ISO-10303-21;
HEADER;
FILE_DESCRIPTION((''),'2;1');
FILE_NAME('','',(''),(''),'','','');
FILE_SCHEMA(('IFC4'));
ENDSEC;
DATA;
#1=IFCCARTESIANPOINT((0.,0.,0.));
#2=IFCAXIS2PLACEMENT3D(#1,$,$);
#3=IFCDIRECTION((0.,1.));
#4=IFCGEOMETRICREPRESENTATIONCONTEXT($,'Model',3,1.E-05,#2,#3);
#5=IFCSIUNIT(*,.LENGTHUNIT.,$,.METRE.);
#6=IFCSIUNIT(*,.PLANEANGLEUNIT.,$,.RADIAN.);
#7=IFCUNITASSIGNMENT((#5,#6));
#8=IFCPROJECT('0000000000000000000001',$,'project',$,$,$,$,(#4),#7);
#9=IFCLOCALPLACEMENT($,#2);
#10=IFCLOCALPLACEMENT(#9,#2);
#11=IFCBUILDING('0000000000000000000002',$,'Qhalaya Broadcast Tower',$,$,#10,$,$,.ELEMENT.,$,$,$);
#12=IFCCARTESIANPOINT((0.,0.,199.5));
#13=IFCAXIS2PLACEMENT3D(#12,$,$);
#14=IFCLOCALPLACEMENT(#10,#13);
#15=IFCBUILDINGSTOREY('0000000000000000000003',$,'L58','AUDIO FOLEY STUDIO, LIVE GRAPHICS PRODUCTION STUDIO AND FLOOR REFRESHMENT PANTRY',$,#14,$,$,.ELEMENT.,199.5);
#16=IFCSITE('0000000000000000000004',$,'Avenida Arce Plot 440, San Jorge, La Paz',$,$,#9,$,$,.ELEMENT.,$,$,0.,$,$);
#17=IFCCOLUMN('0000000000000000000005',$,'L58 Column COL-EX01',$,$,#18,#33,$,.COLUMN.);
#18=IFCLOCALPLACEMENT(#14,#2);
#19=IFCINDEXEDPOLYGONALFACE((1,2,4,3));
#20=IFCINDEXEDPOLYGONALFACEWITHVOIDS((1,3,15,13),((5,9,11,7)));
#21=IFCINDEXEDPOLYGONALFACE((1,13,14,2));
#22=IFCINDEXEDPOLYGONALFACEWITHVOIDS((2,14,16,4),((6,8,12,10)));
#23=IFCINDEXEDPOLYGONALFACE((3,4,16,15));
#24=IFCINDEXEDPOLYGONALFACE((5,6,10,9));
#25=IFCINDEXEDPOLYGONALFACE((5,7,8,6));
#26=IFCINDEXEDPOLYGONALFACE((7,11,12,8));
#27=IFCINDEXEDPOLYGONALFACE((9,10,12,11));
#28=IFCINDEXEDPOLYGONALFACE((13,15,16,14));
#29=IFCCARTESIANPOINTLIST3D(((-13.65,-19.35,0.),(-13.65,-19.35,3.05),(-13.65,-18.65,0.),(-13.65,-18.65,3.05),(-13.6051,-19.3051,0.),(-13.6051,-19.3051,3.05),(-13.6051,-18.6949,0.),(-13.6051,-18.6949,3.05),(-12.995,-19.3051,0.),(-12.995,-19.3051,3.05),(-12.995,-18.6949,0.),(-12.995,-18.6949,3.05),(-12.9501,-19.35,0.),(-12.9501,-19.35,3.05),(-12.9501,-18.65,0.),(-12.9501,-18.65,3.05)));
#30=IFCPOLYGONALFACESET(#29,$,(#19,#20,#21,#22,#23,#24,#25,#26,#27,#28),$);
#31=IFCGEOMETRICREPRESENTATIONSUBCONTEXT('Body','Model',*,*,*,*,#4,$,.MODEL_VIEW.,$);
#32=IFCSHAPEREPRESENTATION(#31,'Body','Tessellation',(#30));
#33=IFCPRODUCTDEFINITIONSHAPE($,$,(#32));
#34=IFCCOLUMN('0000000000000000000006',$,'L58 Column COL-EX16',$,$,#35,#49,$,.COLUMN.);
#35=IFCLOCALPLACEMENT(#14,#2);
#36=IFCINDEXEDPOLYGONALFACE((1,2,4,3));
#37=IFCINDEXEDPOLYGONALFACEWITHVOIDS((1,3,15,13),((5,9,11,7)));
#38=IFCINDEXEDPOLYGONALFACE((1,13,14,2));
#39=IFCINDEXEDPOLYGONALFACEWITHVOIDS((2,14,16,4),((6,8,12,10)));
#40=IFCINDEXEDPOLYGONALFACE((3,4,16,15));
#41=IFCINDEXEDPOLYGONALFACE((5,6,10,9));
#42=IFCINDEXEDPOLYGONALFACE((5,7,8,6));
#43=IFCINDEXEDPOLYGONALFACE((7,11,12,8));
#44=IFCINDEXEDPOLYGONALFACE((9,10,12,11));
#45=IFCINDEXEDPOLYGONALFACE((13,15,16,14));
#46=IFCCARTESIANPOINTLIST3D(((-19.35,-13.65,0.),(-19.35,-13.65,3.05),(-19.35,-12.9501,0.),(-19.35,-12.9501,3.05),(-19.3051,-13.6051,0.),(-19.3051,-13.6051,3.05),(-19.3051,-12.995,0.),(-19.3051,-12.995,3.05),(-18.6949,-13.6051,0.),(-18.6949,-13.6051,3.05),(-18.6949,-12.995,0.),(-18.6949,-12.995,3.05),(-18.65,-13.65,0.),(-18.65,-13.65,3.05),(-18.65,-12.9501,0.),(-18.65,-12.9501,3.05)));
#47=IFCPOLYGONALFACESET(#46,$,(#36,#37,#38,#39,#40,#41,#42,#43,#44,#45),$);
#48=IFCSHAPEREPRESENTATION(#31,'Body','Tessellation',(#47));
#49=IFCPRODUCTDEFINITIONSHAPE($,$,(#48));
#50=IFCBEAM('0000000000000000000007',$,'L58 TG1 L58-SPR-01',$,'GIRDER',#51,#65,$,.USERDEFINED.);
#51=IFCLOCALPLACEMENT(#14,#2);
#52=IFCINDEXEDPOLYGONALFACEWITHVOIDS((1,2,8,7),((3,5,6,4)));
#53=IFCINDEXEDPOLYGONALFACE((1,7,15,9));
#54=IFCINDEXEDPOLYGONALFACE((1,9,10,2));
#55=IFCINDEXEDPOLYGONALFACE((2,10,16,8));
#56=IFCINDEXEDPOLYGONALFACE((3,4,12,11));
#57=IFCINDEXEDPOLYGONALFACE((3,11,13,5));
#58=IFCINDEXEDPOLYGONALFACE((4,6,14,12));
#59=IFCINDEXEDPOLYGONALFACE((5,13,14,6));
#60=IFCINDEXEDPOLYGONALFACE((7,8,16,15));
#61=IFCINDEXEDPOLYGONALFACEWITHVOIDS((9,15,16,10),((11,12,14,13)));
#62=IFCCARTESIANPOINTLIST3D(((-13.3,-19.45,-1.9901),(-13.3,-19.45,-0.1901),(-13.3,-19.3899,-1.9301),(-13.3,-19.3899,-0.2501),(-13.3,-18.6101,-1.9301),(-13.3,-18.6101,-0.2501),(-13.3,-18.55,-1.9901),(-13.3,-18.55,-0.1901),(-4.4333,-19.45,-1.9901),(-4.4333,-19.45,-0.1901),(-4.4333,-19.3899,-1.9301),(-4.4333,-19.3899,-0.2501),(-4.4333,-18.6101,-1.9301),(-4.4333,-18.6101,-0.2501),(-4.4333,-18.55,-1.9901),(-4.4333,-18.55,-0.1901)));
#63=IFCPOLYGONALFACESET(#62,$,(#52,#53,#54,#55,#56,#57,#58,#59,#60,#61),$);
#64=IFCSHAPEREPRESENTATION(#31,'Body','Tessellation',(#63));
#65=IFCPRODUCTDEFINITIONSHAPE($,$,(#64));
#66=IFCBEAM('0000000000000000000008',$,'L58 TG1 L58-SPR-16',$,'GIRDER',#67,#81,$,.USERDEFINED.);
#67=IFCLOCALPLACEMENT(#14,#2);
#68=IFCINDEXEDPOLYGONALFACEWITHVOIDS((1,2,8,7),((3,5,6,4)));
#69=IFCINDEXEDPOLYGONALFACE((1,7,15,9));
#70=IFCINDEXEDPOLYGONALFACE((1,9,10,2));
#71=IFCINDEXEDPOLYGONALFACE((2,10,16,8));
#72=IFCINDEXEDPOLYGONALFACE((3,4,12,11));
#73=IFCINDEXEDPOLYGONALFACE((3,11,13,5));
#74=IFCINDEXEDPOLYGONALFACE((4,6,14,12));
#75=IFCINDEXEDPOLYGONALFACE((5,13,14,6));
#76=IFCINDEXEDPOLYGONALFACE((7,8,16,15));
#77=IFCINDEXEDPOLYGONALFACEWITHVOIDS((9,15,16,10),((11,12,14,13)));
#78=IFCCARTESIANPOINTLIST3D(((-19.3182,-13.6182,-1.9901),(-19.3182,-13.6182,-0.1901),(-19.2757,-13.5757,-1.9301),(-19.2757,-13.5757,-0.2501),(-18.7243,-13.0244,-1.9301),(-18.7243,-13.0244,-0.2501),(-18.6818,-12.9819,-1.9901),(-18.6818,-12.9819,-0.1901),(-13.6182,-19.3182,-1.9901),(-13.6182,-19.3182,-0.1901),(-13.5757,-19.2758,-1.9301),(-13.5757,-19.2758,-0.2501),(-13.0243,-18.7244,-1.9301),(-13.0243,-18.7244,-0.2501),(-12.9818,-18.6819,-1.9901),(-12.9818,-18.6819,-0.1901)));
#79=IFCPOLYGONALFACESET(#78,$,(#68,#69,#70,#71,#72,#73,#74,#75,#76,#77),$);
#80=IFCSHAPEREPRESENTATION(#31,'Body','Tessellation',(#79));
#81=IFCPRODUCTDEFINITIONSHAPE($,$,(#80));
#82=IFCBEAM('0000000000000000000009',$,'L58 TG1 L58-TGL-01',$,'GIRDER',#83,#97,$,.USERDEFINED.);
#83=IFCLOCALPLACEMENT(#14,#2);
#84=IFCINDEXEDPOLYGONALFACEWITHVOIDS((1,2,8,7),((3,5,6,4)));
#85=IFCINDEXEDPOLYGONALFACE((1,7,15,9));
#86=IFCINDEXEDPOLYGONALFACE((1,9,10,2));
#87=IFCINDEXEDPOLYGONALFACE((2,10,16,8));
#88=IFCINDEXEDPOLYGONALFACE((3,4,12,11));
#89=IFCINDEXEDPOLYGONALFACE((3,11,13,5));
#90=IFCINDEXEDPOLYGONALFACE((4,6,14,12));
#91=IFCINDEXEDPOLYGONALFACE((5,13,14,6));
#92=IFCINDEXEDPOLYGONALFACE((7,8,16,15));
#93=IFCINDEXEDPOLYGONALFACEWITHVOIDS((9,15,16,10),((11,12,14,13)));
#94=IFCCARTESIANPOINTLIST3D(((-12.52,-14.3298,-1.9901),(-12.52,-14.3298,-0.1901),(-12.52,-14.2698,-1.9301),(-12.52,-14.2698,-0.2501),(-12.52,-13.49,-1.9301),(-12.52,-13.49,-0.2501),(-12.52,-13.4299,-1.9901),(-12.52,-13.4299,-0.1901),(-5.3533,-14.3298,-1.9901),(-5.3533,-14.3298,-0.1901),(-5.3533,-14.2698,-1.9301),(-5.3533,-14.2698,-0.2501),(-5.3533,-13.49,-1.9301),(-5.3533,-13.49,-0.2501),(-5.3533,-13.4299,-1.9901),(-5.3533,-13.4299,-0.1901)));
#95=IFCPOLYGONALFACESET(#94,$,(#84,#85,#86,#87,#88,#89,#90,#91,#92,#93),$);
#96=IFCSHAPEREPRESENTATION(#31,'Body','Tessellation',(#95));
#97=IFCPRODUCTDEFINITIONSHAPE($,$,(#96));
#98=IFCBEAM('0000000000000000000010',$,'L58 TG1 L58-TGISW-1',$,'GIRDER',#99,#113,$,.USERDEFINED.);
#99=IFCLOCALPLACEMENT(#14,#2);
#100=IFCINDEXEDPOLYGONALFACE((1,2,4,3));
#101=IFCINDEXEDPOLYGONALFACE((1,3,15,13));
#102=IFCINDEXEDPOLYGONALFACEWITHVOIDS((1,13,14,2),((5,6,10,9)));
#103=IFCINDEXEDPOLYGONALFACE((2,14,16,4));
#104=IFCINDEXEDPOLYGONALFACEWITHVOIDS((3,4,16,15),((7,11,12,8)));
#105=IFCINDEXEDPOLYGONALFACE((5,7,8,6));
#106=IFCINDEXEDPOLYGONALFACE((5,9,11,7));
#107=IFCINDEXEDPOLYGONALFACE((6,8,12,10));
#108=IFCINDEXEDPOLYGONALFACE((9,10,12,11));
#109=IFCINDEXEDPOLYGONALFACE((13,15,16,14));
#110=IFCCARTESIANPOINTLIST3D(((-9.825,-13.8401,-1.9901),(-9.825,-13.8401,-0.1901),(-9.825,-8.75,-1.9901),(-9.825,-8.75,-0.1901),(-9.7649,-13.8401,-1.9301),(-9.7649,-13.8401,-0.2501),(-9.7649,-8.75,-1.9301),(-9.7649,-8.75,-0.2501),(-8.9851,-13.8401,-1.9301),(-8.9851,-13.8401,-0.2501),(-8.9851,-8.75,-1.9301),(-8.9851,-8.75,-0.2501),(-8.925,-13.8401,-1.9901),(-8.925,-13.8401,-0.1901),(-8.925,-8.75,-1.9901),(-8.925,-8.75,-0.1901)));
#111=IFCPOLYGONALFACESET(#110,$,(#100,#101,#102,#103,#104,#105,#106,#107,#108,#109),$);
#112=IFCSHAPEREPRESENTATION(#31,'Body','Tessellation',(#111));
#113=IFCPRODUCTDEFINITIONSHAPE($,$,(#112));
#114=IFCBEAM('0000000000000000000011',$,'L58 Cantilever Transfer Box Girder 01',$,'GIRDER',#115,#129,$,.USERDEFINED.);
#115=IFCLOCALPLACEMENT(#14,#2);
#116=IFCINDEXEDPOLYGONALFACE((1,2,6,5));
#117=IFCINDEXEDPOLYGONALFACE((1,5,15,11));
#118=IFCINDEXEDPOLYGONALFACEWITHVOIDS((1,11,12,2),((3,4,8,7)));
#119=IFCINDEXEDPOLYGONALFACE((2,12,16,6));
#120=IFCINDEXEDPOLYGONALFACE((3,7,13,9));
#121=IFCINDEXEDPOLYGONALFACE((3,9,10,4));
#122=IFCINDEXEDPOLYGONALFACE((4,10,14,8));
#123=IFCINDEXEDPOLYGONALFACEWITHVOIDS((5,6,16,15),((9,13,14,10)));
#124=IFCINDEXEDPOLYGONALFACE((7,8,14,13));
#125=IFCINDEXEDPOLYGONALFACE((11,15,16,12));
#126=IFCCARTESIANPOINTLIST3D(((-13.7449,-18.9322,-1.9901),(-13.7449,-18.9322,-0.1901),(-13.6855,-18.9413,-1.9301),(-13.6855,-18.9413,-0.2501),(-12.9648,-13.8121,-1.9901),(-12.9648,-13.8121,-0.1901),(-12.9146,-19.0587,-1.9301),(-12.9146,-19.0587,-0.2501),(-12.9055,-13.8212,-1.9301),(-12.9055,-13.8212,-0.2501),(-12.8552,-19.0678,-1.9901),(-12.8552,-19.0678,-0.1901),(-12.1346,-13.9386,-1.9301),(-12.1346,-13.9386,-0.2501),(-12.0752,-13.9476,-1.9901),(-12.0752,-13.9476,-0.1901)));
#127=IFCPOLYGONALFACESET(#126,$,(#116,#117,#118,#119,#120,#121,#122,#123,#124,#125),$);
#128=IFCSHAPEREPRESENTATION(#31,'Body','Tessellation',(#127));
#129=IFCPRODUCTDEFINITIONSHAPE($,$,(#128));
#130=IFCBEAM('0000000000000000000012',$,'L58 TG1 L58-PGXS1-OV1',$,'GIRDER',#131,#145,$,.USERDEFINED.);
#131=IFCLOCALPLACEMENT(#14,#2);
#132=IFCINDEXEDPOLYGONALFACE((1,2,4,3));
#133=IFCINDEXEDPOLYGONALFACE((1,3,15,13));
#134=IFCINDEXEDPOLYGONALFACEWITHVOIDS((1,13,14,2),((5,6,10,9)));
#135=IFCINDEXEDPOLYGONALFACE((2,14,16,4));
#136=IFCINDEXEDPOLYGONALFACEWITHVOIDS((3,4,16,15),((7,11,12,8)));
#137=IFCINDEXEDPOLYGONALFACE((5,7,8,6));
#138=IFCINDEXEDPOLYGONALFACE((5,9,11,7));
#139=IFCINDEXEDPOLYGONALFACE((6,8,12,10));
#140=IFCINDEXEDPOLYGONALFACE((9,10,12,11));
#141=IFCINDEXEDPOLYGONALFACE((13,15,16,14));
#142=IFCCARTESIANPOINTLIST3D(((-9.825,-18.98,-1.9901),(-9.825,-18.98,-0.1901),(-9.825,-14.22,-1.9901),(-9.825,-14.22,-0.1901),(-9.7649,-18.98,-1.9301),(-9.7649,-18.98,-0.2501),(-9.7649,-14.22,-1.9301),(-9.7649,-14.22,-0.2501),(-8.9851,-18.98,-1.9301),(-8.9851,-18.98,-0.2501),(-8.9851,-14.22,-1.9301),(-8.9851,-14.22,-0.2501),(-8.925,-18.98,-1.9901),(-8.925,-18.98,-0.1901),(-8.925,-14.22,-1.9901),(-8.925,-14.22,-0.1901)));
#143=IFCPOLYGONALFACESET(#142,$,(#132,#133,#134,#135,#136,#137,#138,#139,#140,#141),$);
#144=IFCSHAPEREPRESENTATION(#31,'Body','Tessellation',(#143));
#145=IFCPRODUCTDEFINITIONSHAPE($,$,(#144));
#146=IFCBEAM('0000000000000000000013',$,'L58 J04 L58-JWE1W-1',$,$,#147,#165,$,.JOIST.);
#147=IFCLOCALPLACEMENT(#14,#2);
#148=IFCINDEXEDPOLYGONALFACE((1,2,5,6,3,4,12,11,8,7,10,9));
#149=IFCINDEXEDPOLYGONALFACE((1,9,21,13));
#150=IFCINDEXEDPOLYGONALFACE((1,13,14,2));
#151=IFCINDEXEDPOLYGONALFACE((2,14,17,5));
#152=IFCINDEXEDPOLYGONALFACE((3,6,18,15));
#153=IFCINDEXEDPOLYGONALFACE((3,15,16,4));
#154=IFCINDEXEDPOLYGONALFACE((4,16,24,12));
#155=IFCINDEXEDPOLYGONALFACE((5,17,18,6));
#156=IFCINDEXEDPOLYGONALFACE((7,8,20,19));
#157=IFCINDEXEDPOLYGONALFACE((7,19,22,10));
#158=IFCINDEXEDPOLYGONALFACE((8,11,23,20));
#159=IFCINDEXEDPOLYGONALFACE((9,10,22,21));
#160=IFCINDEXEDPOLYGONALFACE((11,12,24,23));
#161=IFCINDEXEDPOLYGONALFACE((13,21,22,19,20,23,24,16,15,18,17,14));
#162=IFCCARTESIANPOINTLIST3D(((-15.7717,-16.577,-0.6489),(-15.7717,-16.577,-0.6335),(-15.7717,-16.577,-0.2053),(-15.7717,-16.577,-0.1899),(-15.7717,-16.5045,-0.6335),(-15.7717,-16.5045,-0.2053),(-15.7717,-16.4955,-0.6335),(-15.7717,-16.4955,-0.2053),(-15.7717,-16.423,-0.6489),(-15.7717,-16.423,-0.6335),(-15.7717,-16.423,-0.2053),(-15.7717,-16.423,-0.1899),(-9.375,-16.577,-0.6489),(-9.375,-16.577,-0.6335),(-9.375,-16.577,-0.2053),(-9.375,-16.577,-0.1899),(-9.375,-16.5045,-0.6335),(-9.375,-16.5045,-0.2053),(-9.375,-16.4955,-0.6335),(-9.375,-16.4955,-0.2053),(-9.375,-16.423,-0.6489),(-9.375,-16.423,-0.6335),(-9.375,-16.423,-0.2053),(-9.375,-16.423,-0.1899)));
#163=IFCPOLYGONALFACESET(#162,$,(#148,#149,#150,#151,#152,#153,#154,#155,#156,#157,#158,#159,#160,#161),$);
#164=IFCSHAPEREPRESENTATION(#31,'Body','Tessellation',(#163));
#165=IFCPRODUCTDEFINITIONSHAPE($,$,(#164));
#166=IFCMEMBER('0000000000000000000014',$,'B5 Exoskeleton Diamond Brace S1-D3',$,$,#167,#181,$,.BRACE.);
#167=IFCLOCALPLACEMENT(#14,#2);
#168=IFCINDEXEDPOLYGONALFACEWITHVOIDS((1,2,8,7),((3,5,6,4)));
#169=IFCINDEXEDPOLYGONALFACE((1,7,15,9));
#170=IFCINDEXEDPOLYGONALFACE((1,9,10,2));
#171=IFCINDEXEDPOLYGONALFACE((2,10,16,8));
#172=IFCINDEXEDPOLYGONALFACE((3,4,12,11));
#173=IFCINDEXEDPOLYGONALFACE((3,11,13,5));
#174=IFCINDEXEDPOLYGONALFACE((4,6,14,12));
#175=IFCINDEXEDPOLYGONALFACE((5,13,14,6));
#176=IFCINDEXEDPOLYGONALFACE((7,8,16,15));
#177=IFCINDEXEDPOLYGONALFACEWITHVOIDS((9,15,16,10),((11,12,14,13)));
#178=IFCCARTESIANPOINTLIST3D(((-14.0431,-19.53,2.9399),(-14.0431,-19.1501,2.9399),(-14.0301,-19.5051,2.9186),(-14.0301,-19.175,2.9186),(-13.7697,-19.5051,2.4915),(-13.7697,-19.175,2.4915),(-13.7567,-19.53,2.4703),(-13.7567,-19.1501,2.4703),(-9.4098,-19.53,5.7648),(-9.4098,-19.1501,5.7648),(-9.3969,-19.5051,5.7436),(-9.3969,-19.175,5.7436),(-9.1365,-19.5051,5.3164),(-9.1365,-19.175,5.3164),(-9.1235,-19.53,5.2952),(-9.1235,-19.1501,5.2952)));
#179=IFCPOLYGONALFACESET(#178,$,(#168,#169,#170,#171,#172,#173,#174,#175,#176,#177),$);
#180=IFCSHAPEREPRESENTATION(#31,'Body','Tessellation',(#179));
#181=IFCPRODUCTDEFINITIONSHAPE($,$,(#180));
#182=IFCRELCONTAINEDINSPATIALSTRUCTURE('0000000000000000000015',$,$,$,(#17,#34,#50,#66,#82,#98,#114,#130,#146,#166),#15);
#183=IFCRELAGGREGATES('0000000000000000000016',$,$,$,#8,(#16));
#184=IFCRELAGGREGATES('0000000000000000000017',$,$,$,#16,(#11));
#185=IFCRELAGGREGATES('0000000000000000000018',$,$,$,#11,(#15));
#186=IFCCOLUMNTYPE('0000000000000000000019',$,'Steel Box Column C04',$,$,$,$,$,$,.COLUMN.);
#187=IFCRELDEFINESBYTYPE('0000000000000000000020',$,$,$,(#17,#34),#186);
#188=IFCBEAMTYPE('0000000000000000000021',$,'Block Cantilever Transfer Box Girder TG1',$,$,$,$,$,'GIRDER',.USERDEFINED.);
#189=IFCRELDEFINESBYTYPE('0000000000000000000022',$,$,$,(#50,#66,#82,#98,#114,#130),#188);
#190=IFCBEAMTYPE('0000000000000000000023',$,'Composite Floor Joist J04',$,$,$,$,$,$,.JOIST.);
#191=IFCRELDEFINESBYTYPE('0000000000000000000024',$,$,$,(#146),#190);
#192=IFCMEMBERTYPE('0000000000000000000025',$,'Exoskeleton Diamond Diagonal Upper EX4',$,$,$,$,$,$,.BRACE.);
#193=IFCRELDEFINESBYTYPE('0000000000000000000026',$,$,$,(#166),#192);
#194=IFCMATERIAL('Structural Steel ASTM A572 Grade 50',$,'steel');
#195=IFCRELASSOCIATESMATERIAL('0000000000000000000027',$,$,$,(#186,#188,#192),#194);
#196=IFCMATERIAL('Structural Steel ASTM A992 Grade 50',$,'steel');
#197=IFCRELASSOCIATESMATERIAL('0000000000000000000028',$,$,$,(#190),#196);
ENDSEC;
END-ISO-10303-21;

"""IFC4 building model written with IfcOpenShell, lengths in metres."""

from ifc_helpers import new_model, si_unit, direction, frame, origin, origin_2d, place, context, subcontext, project, spatial, hollow_rectangle, i_section, extrude, material, material_profile, profile_set, type_object, element, save


model = new_model("IFC4")

# Units and contexts
model_context = context("Model", 3, precision=1e-05, world=origin(), true_north=direction((0.0, 1.0)))
body_context = subcontext(model_context, "Body", "Model", "MODEL_VIEW")
ifc_project = project(units=[si_unit("LENGTHUNIT", "METRE"), si_unit("PLANEANGLEUNIT", "RADIAN")], contexts=[model_context])

# Site, building, storey
site_placement = place(None, origin())
site = spatial("IfcSite", under=ifc_project, at=site_placement, Name="Avenida Arce Plot 440, San Jorge, La Paz", CompositionType="ELEMENT", RefElevation=0.0)
building_placement = place(site_placement, origin())
building = spatial("IfcBuilding", under=site, at=building_placement, Name="Qhalaya Broadcast Tower", CompositionType="ELEMENT")
storey_placement = place(building_placement, frame((0.0, 0.0, 199.5)))
storey = spatial("IfcBuildingStorey", under=building, at=storey_placement, Name="L58", Description="AUDIO FOLEY STUDIO, LIVE GRAPHICS PRODUCTION STUDIO AND FLOOR REFRESHMENT PANTRY", CompositionType="ELEMENT", Elevation=199.5)

# Columns
ifc_material_1 = material(Name="Structural Steel ASTM A572 Grade 50", Category="steel")
ifc_material_profile_1 = material_profile(ifc_material_1, hollow_rectangle(XDim=0.7, YDim=0.7, WallThickness=0.0449, at=origin_2d()), Name="BOX 700x700x45")
ifc_profile_set_1 = profile_set([ifc_material_profile_1], Name="Structural Steel ASTM A572 Grade 50")
column_type = type_object("IfcColumnType", Name="Steel Box Column C04", PredefinedType="COLUMN", material=ifc_profile_set_1)
for number, where, z_axis, x_axis, name in (
    (1, (-13.3, -19.0, 0.0), (0.0, 0.0, 1.0), (1.0, 0.0, 0.0), "L58 Column COL-EX01"),
    (2, (-19.0, -13.3, 0.0), (0.0, 0.0, 1.0), (0.0, 1.0, 0.0), "L58 Column COL-EX16"),
):
    element("IfcColumn", number, at=place(storey_placement, frame(where, z_axis=z_axis, x_axis=x_axis)), inside=storey, type_object=column_type, Name=name, PredefinedType="COLUMN", context=body_context, shape_type="SweptSolid", body=[
        extrude(hollow_rectangle(XDim=0.7, YDim=0.7, WallThickness=0.0449, at=origin_2d()), origin(), (0.0, 0.0, 1.0), 3.05),
    ])

# Beams
ifc_material_profile_2 = material_profile(ifc_material_1, hollow_rectangle(XDim=0.8999, YDim=1.8, WallThickness=0.0601, at=origin_2d()), Name="BOX 900x1800x60")
ifc_profile_set_2 = profile_set([ifc_material_profile_2], Name="Structural Steel ASTM A572 Grade 50")
beam_type_1 = type_object("IfcBeamType", Name="Block Cantilever Transfer Box Girder TG1", ElementType="GIRDER", PredefinedType="USERDEFINED", material=ifc_profile_set_2)
beam_1_placement = place(storey_placement, frame((-13.3, -19.0, -1.0901), z_axis=(1.0, 0.0, 0.0), x_axis=(0.0, 1.0, 0.0)))
element("IfcBeam", 3, at=beam_1_placement, inside=storey, type_object=beam_type_1, Name="L58 TG1 L58-SPR-01", ObjectType="GIRDER", PredefinedType="USERDEFINED", context=body_context, shape_type="SweptSolid", body=[
    extrude(hollow_rectangle(XDim=0.8999, YDim=1.8, WallThickness=0.0601, at=origin_2d()), origin(), (0.0, 0.0, 1.0), 8.8667),
])
beam_2_placement = place(storey_placement, frame((-19.0, -13.3, -1.0901), z_axis=(0.707107, -0.707107, 0.0), x_axis=(0.707107, 0.707107, 0.0)))
element("IfcBeam", 4, at=beam_2_placement, inside=storey, type_object=beam_type_1, Name="L58 TG1 L58-SPR-16", ObjectType="GIRDER", PredefinedType="USERDEFINED", context=body_context, shape_type="SweptSolid", body=[
    extrude(hollow_rectangle(XDim=0.8999, YDim=1.8, WallThickness=0.0601, at=origin_2d()), origin(), (0.0, 0.0, 1.0), 8.061),
])
beam_3_placement = place(storey_placement, frame((-12.52, -13.8799, -1.0901), z_axis=(1.0, 0.0, 0.0), x_axis=(0.0, 1.0, 0.0)))
element("IfcBeam", 5, at=beam_3_placement, inside=storey, type_object=beam_type_1, Name="L58 TG1 L58-TGL-01", ObjectType="GIRDER", PredefinedType="USERDEFINED", context=body_context, shape_type="SweptSolid", body=[
    extrude(hollow_rectangle(XDim=0.8999, YDim=1.8, WallThickness=0.0601, at=origin_2d()), origin(), (0.0, 0.0, 1.0), 7.1667),
])
beam_4_placement = place(storey_placement, frame((-9.375, -13.8401, -1.0901), z_axis=(0.0, 1.0, 0.0), x_axis=(-1.0, 0.0, 0.0)))
element("IfcBeam", 6, at=beam_4_placement, inside=storey, type_object=beam_type_1, Name="L58 TG1 L58-TGISW-1", ObjectType="GIRDER", PredefinedType="USERDEFINED", context=body_context, shape_type="SweptSolid", body=[
    extrude(hollow_rectangle(XDim=0.8999, YDim=1.8, WallThickness=0.0601, at=origin_2d()), origin(), (0.0, 0.0, 1.0), 5.0901),
])
beam_5_placement = place(storey_placement, frame((-12.52, -13.8799, -1.0901), z_axis=(-0.150608, -0.988594, 0.0), x_axis=(0.988594, -0.150608, 0.0)))
element("IfcBeam", 7, at=beam_5_placement, inside=storey, type_object=beam_type_1, Name="L58 Cantilever Transfer Box Girder 01", ObjectType="GIRDER", PredefinedType="USERDEFINED", context=body_context, shape_type="SweptSolid", body=[
    extrude(hollow_rectangle(XDim=0.8999, YDim=1.8, WallThickness=0.0601, at=origin_2d()), origin(), (0.0, 0.0, 1.0), 5.1792),
])
beam_6_placement = place(storey_placement, frame((-9.375, -18.98, -1.0901), z_axis=(0.0, 1.0, 0.0), x_axis=(-1.0, 0.0, 0.0)))
element("IfcBeam", 8, at=beam_6_placement, inside=storey, type_object=beam_type_1, Name="L58 TG1 L58-PGXS1-OV1", ObjectType="GIRDER", PredefinedType="USERDEFINED", context=body_context, shape_type="SweptSolid", body=[
    extrude(hollow_rectangle(XDim=0.8999, YDim=1.8, WallThickness=0.0601, at=origin_2d()), origin(), (0.0, 0.0, 1.0), 4.76),
])
ifc_material_2 = material(Name="Structural Steel ASTM A992 Grade 50", Category="steel")
ifc_material_profile_3 = material_profile(ifc_material_2, i_section(OverallWidth=0.1541, OverallDepth=0.459, WebThickness=0.009, FlangeThickness=0.0154, at=origin_2d()), Name="W18X46")
ifc_profile_set_3 = profile_set([ifc_material_profile_3], Name="Structural Steel ASTM A992 Grade 50")
beam_type_2 = type_object("IfcBeamType", Name="Composite Floor Joist J04", PredefinedType="JOIST", material=ifc_profile_set_3)
beam_7_placement = place(storey_placement, frame((-15.7717, -16.5, -0.4194), z_axis=(1.0, 0.0, 0.0), x_axis=(0.0, 1.0, 0.0)))
element("IfcBeam", 9, at=beam_7_placement, inside=storey, type_object=beam_type_2, Name="L58 J04 L58-JWE1W-1", PredefinedType="JOIST", context=body_context, shape_type="SweptSolid", body=[
    extrude(i_section(OverallWidth=0.1541, OverallDepth=0.459, WebThickness=0.009, FlangeThickness=0.0154, at=origin_2d()), origin(), (0.0, 0.0, 1.0), 6.3967),
])

# Member
ifc_material_profile_4 = material_profile(ifc_material_1, hollow_rectangle(XDim=0.3799, YDim=0.55, WallThickness=0.0249, at=origin_2d()), Name="BOX 380x550x25")
ifc_profile_set_4 = profile_set([ifc_material_profile_4], Name="Structural Steel ASTM A572 Grade 50")
member_type_1 = type_object("IfcMemberType", Name="Exoskeleton Diamond Diagonal Upper EX4", PredefinedType="BRACE", material=ifc_profile_set_4)
for number, where, z_axis, x_axis, name in (
    (10, (-13.8999, -19.3401, 2.7051), (0.853815, 0.0, 0.520576), (0.0, 1.0, 0.0), "B5 Exoskeleton Diamond Brace S1-D3"),
):
    element("IfcMember", number, at=place(storey_placement, frame(where, z_axis=z_axis, x_axis=x_axis)), inside=storey, type_object=member_type_1, Name=name, PredefinedType="BRACE", context=body_context, shape_type="SweptSolid", body=[
        extrude(hollow_rectangle(XDim=0.3799, YDim=0.55, WallThickness=0.0249, at=origin_2d()), origin(), (0.0, 0.0, 1.0), 5.4265),
    ])

save(model, "model.ifc")
